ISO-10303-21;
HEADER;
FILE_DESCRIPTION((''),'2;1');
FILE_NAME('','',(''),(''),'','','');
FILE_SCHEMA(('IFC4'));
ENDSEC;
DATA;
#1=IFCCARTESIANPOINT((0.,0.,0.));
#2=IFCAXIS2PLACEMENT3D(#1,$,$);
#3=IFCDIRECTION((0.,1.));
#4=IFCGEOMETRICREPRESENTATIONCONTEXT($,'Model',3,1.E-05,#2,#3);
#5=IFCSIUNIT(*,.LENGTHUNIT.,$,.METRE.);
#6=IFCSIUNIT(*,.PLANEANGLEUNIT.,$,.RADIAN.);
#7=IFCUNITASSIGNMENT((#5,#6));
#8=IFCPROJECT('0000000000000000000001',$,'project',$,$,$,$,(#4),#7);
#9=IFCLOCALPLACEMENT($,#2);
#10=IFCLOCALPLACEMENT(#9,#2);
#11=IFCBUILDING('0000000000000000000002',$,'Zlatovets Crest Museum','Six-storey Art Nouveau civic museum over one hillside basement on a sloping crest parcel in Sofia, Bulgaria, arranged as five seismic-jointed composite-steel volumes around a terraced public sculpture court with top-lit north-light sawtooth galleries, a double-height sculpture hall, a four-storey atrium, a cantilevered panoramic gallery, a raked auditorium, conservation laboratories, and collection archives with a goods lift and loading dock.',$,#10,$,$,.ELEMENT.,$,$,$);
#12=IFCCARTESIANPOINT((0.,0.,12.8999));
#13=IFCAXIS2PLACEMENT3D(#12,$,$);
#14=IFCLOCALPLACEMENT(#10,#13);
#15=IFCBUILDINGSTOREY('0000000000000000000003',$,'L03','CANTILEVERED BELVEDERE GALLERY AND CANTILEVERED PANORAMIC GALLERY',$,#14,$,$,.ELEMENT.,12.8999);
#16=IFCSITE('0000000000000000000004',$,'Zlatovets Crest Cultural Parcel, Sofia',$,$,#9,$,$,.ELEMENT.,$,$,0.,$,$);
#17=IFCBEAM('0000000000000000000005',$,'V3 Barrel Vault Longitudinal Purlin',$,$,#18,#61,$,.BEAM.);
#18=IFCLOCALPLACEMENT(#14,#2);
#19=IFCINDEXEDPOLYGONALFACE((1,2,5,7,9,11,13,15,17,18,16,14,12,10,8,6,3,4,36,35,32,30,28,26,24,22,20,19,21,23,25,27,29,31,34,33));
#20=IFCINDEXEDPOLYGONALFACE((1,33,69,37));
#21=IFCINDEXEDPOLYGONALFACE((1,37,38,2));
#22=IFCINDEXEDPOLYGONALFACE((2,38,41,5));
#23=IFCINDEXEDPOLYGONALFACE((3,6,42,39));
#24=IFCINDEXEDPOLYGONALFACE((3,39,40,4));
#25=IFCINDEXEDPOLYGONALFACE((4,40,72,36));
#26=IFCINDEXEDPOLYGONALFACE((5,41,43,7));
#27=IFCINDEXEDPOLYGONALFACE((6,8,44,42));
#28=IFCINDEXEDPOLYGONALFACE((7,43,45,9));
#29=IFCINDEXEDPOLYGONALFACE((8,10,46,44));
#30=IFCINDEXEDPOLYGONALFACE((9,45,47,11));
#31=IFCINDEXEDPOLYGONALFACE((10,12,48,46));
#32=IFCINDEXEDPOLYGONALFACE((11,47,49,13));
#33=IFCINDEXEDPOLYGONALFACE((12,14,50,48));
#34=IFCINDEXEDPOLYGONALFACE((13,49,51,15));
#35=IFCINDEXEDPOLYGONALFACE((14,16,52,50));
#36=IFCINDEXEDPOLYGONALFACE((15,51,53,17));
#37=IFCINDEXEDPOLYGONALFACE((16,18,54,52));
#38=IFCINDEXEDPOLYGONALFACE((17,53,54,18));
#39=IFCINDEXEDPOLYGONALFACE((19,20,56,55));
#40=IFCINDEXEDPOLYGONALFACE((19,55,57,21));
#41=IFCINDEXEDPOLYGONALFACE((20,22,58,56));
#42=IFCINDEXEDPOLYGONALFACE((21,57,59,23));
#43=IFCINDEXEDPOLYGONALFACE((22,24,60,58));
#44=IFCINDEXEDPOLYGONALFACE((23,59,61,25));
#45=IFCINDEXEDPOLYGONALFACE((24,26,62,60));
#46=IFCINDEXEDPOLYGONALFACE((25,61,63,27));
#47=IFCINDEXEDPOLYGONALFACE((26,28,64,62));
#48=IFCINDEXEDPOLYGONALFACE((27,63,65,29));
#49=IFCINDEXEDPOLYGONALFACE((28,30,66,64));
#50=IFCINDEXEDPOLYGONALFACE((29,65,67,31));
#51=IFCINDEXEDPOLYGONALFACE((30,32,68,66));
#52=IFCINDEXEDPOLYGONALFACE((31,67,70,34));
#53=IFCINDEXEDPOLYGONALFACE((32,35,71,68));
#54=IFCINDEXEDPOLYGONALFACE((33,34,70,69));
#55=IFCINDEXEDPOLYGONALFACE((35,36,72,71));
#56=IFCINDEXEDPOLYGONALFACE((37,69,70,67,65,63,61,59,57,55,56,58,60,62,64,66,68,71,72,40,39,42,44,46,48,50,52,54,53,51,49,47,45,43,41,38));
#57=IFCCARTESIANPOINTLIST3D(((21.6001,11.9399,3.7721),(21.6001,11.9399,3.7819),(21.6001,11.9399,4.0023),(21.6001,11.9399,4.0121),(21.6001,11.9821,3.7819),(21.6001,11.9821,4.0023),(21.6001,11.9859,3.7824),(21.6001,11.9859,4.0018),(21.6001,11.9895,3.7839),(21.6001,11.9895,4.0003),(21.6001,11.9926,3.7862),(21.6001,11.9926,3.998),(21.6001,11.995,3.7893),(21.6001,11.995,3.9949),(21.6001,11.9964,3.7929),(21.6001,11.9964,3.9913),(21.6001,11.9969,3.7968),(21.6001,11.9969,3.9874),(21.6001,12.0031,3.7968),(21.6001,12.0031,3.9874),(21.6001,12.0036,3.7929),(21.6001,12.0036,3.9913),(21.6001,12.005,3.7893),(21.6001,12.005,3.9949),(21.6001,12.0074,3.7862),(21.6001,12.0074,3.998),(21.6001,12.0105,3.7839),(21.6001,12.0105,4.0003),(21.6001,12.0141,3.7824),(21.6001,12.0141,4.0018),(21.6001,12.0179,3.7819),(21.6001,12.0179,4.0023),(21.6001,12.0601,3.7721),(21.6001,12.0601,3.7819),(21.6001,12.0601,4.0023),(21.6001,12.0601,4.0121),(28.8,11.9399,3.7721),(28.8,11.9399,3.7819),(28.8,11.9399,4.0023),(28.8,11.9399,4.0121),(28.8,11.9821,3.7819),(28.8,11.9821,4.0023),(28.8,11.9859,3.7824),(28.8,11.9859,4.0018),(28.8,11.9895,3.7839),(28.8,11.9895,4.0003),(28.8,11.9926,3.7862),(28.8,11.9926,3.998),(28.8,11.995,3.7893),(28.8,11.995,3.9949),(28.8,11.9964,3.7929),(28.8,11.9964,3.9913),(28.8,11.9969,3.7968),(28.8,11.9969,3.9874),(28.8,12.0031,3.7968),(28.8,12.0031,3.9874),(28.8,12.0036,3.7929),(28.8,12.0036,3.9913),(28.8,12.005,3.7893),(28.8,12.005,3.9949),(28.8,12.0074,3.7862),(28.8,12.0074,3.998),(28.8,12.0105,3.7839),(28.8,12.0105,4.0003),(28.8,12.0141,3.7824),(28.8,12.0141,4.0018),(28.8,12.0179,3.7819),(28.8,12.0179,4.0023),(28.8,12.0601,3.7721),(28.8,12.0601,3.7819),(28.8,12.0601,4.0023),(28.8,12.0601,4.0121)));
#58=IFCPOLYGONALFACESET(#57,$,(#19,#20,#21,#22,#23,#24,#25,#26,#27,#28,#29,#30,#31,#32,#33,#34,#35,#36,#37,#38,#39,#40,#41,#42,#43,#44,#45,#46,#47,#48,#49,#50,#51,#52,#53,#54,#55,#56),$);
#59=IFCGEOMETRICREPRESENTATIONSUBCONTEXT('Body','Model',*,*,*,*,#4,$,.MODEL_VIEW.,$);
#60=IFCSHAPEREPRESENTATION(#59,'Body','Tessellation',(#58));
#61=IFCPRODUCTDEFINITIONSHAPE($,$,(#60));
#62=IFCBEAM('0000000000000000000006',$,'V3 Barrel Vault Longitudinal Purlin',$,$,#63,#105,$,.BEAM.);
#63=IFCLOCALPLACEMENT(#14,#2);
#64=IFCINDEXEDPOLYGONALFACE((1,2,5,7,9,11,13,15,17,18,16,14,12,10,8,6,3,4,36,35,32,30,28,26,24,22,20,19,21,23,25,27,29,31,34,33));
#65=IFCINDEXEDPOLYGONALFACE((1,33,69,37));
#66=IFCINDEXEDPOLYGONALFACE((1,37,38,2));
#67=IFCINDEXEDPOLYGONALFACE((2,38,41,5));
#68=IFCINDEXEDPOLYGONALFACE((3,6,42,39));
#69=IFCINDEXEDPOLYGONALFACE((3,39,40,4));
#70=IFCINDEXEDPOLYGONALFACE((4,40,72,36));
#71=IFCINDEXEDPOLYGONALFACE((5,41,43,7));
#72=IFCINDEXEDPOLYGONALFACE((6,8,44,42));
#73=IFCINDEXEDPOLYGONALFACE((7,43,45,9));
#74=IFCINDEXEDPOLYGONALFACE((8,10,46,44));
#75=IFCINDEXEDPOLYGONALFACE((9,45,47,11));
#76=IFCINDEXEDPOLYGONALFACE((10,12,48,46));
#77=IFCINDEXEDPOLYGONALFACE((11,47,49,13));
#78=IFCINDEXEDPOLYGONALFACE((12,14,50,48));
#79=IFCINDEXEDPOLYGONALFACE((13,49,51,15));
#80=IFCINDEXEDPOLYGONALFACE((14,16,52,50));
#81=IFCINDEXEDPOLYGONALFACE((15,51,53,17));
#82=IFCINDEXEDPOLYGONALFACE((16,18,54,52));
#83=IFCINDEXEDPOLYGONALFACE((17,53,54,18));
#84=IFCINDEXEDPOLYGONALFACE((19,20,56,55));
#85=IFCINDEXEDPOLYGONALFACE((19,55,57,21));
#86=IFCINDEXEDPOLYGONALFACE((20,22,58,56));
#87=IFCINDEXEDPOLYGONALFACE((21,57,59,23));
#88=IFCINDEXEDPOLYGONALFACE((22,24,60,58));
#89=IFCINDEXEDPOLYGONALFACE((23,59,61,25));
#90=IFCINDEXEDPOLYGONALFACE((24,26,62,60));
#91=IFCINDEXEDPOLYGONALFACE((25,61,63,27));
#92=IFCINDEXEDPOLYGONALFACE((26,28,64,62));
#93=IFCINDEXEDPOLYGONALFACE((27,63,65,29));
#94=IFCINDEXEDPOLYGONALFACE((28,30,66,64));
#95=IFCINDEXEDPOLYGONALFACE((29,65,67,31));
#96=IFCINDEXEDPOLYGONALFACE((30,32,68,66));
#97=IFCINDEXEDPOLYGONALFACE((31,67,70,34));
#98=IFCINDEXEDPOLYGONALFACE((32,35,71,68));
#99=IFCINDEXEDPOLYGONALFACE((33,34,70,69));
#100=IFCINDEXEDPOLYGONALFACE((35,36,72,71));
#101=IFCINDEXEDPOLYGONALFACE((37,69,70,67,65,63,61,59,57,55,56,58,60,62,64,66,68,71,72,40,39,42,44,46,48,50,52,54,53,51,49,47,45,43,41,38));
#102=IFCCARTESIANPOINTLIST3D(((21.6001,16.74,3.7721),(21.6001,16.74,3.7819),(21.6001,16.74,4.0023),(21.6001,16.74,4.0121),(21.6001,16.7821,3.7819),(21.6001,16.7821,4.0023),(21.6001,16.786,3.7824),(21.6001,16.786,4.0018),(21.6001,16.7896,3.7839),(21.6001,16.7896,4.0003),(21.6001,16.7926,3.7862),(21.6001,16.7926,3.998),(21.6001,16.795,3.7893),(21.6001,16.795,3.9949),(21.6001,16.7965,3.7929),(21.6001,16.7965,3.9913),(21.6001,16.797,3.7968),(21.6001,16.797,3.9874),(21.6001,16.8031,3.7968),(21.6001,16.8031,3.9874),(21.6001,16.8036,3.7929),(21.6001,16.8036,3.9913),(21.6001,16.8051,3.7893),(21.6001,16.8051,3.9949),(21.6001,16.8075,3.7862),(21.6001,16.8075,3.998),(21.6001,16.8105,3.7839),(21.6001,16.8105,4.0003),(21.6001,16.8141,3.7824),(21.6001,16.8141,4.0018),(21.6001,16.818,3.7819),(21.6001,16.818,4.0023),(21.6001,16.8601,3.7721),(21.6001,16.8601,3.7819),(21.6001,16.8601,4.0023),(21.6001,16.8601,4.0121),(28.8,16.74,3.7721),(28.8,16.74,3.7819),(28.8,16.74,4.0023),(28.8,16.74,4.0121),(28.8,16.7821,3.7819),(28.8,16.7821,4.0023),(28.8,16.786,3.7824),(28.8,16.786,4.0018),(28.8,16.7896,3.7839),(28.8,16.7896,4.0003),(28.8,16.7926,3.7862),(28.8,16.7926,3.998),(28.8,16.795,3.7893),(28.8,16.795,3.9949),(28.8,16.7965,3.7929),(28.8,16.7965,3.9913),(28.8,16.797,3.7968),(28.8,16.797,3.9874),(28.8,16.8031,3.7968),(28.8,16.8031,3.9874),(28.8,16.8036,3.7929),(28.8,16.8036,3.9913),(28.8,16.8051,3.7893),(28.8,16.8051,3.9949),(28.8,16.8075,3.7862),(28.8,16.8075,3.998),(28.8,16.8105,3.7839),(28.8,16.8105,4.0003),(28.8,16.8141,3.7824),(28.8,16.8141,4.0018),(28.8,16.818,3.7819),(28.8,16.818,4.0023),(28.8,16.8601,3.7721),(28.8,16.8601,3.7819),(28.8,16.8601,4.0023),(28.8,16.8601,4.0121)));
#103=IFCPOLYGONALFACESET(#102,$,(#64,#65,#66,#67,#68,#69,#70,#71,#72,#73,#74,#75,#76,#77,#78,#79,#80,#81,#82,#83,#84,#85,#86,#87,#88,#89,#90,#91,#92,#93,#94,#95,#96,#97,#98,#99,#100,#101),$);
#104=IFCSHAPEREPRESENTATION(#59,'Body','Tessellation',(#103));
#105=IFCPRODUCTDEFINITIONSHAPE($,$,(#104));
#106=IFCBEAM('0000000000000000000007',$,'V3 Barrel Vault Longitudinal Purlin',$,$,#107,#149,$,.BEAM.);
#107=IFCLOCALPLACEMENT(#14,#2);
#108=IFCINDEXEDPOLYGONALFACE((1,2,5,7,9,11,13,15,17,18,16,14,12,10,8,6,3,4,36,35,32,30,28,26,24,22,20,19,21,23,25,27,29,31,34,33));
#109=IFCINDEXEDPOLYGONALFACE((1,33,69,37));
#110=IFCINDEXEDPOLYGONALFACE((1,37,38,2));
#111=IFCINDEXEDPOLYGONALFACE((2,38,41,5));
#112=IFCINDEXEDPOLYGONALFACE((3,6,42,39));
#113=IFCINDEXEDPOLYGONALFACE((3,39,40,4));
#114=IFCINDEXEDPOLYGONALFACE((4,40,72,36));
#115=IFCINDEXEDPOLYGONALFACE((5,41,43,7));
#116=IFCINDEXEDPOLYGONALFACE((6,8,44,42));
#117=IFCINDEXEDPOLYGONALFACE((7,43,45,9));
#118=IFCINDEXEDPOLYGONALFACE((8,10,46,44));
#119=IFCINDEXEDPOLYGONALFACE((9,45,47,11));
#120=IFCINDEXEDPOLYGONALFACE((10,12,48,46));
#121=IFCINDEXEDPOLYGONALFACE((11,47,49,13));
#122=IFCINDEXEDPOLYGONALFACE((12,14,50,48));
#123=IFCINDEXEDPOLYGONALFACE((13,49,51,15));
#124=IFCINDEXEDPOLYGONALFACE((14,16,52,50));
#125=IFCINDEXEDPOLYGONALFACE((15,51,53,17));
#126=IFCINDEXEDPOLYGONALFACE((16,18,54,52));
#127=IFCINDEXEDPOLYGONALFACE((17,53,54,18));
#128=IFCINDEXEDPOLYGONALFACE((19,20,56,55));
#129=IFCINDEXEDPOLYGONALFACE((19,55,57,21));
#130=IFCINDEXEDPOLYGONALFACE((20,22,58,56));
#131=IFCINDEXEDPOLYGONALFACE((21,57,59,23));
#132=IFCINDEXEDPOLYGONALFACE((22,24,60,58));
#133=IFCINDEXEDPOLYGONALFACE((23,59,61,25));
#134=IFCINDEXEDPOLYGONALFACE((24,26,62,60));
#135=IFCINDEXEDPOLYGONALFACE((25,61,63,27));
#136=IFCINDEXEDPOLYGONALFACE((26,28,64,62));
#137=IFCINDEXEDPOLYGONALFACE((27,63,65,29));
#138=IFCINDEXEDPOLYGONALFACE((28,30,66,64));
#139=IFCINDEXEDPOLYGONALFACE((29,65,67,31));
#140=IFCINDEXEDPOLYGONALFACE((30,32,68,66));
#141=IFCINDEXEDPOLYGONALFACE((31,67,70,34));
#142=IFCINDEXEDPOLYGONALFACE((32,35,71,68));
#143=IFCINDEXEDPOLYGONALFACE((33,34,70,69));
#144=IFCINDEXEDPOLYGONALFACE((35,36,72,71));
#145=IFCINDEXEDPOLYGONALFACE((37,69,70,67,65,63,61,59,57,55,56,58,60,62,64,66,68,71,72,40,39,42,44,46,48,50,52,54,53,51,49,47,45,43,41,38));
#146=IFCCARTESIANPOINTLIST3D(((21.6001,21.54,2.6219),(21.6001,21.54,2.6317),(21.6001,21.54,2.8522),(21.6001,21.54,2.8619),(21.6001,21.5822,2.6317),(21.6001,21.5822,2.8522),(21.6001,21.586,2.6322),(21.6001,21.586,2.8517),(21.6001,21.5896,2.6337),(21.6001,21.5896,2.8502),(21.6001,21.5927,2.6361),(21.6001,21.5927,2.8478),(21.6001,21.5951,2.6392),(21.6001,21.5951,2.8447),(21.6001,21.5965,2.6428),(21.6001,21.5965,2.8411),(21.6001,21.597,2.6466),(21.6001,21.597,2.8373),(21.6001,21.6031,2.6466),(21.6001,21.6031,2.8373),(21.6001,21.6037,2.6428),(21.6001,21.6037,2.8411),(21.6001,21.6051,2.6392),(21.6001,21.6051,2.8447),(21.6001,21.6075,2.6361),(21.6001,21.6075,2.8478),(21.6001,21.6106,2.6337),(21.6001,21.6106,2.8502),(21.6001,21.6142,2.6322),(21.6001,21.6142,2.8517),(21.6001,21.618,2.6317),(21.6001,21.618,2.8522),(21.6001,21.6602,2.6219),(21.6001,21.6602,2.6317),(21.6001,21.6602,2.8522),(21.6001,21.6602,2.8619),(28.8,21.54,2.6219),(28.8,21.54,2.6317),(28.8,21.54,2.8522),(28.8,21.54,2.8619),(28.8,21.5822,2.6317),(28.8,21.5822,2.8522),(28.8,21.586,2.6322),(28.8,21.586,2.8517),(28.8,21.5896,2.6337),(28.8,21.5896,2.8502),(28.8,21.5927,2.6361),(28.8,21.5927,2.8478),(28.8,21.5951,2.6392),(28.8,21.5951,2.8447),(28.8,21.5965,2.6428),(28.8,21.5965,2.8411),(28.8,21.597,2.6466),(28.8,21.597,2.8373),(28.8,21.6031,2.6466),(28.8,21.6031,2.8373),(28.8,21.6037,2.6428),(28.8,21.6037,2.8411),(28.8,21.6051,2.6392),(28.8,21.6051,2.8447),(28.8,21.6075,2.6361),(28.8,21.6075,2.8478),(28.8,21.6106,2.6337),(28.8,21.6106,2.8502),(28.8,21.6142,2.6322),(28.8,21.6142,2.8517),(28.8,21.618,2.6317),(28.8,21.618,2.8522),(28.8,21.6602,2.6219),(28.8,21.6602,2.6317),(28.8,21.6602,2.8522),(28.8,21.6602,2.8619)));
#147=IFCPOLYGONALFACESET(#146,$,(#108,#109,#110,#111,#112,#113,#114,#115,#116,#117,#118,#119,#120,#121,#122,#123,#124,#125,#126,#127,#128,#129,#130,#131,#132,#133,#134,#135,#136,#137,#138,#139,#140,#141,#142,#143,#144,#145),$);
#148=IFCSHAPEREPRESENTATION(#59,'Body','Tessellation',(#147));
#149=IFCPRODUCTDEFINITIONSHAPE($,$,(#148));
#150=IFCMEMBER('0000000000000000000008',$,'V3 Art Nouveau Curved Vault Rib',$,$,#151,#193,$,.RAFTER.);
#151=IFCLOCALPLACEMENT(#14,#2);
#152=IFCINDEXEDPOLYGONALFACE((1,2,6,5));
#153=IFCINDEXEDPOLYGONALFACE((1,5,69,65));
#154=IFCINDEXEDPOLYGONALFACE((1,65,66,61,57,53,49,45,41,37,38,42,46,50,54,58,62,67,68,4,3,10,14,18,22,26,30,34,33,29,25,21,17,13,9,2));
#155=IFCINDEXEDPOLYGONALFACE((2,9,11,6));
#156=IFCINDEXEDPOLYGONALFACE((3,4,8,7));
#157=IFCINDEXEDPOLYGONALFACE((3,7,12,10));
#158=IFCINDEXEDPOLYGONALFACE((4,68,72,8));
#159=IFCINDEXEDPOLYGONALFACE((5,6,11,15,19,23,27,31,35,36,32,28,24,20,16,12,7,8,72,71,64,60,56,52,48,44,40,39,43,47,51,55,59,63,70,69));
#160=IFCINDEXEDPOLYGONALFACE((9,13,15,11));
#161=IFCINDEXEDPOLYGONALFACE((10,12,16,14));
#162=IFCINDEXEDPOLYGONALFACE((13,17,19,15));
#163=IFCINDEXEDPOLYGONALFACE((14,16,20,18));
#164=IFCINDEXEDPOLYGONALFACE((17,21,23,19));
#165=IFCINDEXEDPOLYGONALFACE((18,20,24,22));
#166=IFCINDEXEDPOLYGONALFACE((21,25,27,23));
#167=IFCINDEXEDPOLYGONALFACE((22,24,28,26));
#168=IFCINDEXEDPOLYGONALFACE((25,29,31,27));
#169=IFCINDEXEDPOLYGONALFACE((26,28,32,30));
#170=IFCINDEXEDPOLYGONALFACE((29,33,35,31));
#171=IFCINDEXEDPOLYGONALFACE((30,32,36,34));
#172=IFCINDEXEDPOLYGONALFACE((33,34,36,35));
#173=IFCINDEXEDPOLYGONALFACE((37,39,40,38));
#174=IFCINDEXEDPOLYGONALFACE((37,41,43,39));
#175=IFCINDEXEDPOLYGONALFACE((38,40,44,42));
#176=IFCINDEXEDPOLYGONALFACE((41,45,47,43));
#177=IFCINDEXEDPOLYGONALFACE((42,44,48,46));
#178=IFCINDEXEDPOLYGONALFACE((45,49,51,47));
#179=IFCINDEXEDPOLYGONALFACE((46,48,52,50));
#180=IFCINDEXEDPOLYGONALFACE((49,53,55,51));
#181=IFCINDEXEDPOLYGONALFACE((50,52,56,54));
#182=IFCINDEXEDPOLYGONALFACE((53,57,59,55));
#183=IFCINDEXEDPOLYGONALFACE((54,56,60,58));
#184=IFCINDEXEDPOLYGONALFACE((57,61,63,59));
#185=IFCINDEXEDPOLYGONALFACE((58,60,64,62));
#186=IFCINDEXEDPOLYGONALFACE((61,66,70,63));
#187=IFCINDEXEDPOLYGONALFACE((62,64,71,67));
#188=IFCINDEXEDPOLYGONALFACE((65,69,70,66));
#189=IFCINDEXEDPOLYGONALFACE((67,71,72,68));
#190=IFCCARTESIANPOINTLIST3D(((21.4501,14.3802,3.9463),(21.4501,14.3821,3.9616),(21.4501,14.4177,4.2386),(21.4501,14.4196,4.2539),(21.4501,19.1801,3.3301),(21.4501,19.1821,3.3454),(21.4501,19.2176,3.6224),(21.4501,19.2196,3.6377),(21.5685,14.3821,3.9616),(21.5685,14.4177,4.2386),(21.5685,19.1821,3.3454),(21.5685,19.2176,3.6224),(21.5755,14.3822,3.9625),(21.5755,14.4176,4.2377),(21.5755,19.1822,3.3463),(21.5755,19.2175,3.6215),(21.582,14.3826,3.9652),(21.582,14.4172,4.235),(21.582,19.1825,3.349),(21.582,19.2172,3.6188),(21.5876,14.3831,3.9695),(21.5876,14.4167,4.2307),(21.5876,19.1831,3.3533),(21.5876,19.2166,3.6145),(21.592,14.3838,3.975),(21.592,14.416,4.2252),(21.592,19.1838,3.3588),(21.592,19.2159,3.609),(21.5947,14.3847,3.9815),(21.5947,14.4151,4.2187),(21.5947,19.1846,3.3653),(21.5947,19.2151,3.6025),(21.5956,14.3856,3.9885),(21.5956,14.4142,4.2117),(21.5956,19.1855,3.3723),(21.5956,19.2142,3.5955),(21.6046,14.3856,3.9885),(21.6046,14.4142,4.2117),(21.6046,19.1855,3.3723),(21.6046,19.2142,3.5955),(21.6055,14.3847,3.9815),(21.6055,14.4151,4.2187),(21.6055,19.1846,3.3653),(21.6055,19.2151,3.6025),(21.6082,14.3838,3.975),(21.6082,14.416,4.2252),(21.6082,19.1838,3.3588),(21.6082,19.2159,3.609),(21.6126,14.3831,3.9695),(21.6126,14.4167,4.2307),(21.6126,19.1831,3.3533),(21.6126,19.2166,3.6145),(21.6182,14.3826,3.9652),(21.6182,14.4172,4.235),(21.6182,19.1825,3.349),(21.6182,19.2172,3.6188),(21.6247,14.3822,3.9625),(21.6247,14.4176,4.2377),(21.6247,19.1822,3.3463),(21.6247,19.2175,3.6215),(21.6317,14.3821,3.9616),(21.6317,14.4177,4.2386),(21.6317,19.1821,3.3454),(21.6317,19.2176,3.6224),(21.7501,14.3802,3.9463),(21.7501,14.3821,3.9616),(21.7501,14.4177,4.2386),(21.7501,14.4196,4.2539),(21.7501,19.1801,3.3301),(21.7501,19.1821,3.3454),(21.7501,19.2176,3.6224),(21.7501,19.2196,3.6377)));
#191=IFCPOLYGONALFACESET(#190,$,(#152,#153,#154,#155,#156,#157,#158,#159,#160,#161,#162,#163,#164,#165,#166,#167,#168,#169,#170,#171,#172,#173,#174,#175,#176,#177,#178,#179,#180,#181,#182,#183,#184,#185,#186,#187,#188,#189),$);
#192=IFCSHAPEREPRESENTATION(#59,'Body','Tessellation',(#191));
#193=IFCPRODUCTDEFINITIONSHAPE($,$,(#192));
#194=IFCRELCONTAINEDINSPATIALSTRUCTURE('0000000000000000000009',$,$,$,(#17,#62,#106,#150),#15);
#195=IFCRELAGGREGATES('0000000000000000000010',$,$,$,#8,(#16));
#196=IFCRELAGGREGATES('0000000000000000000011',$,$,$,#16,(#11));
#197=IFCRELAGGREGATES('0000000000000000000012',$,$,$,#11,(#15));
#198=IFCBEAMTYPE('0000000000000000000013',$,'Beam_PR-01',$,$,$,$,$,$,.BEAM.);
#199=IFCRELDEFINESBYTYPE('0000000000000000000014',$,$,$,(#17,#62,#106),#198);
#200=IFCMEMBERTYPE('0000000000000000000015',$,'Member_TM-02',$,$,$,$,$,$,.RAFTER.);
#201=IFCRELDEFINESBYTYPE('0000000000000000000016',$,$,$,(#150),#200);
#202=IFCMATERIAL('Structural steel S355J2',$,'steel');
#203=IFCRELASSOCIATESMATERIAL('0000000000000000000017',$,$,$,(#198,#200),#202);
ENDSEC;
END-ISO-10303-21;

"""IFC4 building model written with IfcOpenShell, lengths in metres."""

from ifc_helpers import new_model, si_unit, direction, frame, origin, origin_2d, place, context, subcontext, project, spatial, i_section, extrude, material, material_profile, profile_set, type_object, element, save


model = new_model("IFC4")

# Units and contexts
model_context = context("Model", 3, precision=1e-05, world=origin(), true_north=direction((0.0, 1.0)))
body_context = subcontext(model_context, "Body", "Model", "MODEL_VIEW")
ifc_project = project(units=[si_unit("LENGTHUNIT", "METRE"), si_unit("PLANEANGLEUNIT", "RADIAN")], contexts=[model_context])

# Site, building, storey
site_placement = place(None, origin())
site = spatial("IfcSite", under=ifc_project, at=site_placement, Name="Zlatovets Crest Cultural Parcel, Sofia", CompositionType="ELEMENT", RefElevation=0.0)
building_placement = place(site_placement, origin())
building = spatial("IfcBuilding", under=site, at=building_placement, Name="Zlatovets Crest Museum", Description="Six-storey Art Nouveau civic museum over one hillside basement on a sloping crest parcel in Sofia, Bulgaria, arranged as five seismic-jointed composite-steel volumes around a terraced public sculpture court with top-lit north-light sawtooth galleries, a double-height sculpture hall, a four-storey atrium, a cantilevered panoramic gallery, a raked auditorium, conservation laboratories, and collection archives with a goods lift and loading dock.", CompositionType="ELEMENT")
storey_placement = place(building_placement, frame((0.0, 0.0, 12.8999)))
storey = spatial("IfcBuildingStorey", under=building, at=storey_placement, Name="L03", Description="CANTILEVERED BELVEDERE GALLERY AND CANTILEVERED PANORAMIC GALLERY", CompositionType="ELEMENT", Elevation=12.8999)

# Beams
ifc_material_1 = material(Name="Structural steel S355J2", Category="steel")
ifc_material_profile_1 = material_profile(ifc_material_1, i_section(OverallWidth=0.1201, OverallDepth=0.24, WebThickness=0.0061, FlangeThickness=0.0098, FilletRadius=0.0149, at=origin_2d()), Name="IPE 240")
ifc_profile_set_1 = profile_set([ifc_material_profile_1], Name="Structural steel S355J2")
beam_type_1 = type_object("IfcBeamType", Name="Beam_PR-01", PredefinedType="BEAM", material=ifc_profile_set_1)
for number, where, z_axis, x_axis, name in (
    (1, (21.6001, 12.0, 3.8921), (1.0, 0.0, 0.0), (0.0, 1.0, 0.0), "V3 Barrel Vault Longitudinal Purlin"),
    (2, (21.6001, 16.8, 3.8921), (1.0, 0.0, 0.0), (0.0, 1.0, 0.0), "V3 Barrel Vault Longitudinal Purlin"),
    (3, (21.6001, 21.6001, 2.7419), (1.0, 0.0, 0.0), (0.0, 1.0, 0.0), "V3 Barrel Vault Longitudinal Purlin"),
):
    element("IfcBeam", number, at=place(storey_placement, frame(where, z_axis=z_axis, x_axis=x_axis)), inside=storey, type_object=beam_type_1, Name=name, PredefinedType="BEAM", context=body_context, shape_type="SweptSolid", body=[
        extrude(i_section(OverallWidth=0.1201, OverallDepth=0.24, WebThickness=0.0061, FlangeThickness=0.0098, FilletRadius=0.0149, at=origin_2d()), origin(), (0.0, 0.0, 1.0), 7.2),
    ])

# Member
ifc_material_profile_2 = material_profile(ifc_material_1, i_section(OverallWidth=0.3, OverallDepth=0.3101, WebThickness=0.009, FlangeThickness=0.0154, FilletRadius=0.0271, at=origin_2d()), Name="HEA 320")
ifc_profile_set_2 = profile_set([ifc_material_profile_2], Name="Structural steel S355J2")
member_type_1 = type_object("IfcMemberType", Name="Member_TM-02", PredefinedType="RAFTER", material=ifc_profile_set_2)
member_1_placement = place(storey_placement, frame((21.6001, 14.3999, 4.1001), z_axis=(0.0, 0.99186, -0.127331), x_axis=(-1.0, 0.0, 0.0)))
element("IfcMember", 4, at=member_1_placement, inside=storey, type_object=member_type_1, Name="V3 Art Nouveau Curved Vault Rib", PredefinedType="RAFTER", context=body_context, shape_type="SweptSolid", body=[
    extrude(i_section(OverallWidth=0.3, OverallDepth=0.3101, WebThickness=0.009, FlangeThickness=0.0154, FilletRadius=0.0271, at=origin_2d()), origin(), (0.0, 0.0, 1.0), 4.8394),
])

save(model, "model.ifc")
